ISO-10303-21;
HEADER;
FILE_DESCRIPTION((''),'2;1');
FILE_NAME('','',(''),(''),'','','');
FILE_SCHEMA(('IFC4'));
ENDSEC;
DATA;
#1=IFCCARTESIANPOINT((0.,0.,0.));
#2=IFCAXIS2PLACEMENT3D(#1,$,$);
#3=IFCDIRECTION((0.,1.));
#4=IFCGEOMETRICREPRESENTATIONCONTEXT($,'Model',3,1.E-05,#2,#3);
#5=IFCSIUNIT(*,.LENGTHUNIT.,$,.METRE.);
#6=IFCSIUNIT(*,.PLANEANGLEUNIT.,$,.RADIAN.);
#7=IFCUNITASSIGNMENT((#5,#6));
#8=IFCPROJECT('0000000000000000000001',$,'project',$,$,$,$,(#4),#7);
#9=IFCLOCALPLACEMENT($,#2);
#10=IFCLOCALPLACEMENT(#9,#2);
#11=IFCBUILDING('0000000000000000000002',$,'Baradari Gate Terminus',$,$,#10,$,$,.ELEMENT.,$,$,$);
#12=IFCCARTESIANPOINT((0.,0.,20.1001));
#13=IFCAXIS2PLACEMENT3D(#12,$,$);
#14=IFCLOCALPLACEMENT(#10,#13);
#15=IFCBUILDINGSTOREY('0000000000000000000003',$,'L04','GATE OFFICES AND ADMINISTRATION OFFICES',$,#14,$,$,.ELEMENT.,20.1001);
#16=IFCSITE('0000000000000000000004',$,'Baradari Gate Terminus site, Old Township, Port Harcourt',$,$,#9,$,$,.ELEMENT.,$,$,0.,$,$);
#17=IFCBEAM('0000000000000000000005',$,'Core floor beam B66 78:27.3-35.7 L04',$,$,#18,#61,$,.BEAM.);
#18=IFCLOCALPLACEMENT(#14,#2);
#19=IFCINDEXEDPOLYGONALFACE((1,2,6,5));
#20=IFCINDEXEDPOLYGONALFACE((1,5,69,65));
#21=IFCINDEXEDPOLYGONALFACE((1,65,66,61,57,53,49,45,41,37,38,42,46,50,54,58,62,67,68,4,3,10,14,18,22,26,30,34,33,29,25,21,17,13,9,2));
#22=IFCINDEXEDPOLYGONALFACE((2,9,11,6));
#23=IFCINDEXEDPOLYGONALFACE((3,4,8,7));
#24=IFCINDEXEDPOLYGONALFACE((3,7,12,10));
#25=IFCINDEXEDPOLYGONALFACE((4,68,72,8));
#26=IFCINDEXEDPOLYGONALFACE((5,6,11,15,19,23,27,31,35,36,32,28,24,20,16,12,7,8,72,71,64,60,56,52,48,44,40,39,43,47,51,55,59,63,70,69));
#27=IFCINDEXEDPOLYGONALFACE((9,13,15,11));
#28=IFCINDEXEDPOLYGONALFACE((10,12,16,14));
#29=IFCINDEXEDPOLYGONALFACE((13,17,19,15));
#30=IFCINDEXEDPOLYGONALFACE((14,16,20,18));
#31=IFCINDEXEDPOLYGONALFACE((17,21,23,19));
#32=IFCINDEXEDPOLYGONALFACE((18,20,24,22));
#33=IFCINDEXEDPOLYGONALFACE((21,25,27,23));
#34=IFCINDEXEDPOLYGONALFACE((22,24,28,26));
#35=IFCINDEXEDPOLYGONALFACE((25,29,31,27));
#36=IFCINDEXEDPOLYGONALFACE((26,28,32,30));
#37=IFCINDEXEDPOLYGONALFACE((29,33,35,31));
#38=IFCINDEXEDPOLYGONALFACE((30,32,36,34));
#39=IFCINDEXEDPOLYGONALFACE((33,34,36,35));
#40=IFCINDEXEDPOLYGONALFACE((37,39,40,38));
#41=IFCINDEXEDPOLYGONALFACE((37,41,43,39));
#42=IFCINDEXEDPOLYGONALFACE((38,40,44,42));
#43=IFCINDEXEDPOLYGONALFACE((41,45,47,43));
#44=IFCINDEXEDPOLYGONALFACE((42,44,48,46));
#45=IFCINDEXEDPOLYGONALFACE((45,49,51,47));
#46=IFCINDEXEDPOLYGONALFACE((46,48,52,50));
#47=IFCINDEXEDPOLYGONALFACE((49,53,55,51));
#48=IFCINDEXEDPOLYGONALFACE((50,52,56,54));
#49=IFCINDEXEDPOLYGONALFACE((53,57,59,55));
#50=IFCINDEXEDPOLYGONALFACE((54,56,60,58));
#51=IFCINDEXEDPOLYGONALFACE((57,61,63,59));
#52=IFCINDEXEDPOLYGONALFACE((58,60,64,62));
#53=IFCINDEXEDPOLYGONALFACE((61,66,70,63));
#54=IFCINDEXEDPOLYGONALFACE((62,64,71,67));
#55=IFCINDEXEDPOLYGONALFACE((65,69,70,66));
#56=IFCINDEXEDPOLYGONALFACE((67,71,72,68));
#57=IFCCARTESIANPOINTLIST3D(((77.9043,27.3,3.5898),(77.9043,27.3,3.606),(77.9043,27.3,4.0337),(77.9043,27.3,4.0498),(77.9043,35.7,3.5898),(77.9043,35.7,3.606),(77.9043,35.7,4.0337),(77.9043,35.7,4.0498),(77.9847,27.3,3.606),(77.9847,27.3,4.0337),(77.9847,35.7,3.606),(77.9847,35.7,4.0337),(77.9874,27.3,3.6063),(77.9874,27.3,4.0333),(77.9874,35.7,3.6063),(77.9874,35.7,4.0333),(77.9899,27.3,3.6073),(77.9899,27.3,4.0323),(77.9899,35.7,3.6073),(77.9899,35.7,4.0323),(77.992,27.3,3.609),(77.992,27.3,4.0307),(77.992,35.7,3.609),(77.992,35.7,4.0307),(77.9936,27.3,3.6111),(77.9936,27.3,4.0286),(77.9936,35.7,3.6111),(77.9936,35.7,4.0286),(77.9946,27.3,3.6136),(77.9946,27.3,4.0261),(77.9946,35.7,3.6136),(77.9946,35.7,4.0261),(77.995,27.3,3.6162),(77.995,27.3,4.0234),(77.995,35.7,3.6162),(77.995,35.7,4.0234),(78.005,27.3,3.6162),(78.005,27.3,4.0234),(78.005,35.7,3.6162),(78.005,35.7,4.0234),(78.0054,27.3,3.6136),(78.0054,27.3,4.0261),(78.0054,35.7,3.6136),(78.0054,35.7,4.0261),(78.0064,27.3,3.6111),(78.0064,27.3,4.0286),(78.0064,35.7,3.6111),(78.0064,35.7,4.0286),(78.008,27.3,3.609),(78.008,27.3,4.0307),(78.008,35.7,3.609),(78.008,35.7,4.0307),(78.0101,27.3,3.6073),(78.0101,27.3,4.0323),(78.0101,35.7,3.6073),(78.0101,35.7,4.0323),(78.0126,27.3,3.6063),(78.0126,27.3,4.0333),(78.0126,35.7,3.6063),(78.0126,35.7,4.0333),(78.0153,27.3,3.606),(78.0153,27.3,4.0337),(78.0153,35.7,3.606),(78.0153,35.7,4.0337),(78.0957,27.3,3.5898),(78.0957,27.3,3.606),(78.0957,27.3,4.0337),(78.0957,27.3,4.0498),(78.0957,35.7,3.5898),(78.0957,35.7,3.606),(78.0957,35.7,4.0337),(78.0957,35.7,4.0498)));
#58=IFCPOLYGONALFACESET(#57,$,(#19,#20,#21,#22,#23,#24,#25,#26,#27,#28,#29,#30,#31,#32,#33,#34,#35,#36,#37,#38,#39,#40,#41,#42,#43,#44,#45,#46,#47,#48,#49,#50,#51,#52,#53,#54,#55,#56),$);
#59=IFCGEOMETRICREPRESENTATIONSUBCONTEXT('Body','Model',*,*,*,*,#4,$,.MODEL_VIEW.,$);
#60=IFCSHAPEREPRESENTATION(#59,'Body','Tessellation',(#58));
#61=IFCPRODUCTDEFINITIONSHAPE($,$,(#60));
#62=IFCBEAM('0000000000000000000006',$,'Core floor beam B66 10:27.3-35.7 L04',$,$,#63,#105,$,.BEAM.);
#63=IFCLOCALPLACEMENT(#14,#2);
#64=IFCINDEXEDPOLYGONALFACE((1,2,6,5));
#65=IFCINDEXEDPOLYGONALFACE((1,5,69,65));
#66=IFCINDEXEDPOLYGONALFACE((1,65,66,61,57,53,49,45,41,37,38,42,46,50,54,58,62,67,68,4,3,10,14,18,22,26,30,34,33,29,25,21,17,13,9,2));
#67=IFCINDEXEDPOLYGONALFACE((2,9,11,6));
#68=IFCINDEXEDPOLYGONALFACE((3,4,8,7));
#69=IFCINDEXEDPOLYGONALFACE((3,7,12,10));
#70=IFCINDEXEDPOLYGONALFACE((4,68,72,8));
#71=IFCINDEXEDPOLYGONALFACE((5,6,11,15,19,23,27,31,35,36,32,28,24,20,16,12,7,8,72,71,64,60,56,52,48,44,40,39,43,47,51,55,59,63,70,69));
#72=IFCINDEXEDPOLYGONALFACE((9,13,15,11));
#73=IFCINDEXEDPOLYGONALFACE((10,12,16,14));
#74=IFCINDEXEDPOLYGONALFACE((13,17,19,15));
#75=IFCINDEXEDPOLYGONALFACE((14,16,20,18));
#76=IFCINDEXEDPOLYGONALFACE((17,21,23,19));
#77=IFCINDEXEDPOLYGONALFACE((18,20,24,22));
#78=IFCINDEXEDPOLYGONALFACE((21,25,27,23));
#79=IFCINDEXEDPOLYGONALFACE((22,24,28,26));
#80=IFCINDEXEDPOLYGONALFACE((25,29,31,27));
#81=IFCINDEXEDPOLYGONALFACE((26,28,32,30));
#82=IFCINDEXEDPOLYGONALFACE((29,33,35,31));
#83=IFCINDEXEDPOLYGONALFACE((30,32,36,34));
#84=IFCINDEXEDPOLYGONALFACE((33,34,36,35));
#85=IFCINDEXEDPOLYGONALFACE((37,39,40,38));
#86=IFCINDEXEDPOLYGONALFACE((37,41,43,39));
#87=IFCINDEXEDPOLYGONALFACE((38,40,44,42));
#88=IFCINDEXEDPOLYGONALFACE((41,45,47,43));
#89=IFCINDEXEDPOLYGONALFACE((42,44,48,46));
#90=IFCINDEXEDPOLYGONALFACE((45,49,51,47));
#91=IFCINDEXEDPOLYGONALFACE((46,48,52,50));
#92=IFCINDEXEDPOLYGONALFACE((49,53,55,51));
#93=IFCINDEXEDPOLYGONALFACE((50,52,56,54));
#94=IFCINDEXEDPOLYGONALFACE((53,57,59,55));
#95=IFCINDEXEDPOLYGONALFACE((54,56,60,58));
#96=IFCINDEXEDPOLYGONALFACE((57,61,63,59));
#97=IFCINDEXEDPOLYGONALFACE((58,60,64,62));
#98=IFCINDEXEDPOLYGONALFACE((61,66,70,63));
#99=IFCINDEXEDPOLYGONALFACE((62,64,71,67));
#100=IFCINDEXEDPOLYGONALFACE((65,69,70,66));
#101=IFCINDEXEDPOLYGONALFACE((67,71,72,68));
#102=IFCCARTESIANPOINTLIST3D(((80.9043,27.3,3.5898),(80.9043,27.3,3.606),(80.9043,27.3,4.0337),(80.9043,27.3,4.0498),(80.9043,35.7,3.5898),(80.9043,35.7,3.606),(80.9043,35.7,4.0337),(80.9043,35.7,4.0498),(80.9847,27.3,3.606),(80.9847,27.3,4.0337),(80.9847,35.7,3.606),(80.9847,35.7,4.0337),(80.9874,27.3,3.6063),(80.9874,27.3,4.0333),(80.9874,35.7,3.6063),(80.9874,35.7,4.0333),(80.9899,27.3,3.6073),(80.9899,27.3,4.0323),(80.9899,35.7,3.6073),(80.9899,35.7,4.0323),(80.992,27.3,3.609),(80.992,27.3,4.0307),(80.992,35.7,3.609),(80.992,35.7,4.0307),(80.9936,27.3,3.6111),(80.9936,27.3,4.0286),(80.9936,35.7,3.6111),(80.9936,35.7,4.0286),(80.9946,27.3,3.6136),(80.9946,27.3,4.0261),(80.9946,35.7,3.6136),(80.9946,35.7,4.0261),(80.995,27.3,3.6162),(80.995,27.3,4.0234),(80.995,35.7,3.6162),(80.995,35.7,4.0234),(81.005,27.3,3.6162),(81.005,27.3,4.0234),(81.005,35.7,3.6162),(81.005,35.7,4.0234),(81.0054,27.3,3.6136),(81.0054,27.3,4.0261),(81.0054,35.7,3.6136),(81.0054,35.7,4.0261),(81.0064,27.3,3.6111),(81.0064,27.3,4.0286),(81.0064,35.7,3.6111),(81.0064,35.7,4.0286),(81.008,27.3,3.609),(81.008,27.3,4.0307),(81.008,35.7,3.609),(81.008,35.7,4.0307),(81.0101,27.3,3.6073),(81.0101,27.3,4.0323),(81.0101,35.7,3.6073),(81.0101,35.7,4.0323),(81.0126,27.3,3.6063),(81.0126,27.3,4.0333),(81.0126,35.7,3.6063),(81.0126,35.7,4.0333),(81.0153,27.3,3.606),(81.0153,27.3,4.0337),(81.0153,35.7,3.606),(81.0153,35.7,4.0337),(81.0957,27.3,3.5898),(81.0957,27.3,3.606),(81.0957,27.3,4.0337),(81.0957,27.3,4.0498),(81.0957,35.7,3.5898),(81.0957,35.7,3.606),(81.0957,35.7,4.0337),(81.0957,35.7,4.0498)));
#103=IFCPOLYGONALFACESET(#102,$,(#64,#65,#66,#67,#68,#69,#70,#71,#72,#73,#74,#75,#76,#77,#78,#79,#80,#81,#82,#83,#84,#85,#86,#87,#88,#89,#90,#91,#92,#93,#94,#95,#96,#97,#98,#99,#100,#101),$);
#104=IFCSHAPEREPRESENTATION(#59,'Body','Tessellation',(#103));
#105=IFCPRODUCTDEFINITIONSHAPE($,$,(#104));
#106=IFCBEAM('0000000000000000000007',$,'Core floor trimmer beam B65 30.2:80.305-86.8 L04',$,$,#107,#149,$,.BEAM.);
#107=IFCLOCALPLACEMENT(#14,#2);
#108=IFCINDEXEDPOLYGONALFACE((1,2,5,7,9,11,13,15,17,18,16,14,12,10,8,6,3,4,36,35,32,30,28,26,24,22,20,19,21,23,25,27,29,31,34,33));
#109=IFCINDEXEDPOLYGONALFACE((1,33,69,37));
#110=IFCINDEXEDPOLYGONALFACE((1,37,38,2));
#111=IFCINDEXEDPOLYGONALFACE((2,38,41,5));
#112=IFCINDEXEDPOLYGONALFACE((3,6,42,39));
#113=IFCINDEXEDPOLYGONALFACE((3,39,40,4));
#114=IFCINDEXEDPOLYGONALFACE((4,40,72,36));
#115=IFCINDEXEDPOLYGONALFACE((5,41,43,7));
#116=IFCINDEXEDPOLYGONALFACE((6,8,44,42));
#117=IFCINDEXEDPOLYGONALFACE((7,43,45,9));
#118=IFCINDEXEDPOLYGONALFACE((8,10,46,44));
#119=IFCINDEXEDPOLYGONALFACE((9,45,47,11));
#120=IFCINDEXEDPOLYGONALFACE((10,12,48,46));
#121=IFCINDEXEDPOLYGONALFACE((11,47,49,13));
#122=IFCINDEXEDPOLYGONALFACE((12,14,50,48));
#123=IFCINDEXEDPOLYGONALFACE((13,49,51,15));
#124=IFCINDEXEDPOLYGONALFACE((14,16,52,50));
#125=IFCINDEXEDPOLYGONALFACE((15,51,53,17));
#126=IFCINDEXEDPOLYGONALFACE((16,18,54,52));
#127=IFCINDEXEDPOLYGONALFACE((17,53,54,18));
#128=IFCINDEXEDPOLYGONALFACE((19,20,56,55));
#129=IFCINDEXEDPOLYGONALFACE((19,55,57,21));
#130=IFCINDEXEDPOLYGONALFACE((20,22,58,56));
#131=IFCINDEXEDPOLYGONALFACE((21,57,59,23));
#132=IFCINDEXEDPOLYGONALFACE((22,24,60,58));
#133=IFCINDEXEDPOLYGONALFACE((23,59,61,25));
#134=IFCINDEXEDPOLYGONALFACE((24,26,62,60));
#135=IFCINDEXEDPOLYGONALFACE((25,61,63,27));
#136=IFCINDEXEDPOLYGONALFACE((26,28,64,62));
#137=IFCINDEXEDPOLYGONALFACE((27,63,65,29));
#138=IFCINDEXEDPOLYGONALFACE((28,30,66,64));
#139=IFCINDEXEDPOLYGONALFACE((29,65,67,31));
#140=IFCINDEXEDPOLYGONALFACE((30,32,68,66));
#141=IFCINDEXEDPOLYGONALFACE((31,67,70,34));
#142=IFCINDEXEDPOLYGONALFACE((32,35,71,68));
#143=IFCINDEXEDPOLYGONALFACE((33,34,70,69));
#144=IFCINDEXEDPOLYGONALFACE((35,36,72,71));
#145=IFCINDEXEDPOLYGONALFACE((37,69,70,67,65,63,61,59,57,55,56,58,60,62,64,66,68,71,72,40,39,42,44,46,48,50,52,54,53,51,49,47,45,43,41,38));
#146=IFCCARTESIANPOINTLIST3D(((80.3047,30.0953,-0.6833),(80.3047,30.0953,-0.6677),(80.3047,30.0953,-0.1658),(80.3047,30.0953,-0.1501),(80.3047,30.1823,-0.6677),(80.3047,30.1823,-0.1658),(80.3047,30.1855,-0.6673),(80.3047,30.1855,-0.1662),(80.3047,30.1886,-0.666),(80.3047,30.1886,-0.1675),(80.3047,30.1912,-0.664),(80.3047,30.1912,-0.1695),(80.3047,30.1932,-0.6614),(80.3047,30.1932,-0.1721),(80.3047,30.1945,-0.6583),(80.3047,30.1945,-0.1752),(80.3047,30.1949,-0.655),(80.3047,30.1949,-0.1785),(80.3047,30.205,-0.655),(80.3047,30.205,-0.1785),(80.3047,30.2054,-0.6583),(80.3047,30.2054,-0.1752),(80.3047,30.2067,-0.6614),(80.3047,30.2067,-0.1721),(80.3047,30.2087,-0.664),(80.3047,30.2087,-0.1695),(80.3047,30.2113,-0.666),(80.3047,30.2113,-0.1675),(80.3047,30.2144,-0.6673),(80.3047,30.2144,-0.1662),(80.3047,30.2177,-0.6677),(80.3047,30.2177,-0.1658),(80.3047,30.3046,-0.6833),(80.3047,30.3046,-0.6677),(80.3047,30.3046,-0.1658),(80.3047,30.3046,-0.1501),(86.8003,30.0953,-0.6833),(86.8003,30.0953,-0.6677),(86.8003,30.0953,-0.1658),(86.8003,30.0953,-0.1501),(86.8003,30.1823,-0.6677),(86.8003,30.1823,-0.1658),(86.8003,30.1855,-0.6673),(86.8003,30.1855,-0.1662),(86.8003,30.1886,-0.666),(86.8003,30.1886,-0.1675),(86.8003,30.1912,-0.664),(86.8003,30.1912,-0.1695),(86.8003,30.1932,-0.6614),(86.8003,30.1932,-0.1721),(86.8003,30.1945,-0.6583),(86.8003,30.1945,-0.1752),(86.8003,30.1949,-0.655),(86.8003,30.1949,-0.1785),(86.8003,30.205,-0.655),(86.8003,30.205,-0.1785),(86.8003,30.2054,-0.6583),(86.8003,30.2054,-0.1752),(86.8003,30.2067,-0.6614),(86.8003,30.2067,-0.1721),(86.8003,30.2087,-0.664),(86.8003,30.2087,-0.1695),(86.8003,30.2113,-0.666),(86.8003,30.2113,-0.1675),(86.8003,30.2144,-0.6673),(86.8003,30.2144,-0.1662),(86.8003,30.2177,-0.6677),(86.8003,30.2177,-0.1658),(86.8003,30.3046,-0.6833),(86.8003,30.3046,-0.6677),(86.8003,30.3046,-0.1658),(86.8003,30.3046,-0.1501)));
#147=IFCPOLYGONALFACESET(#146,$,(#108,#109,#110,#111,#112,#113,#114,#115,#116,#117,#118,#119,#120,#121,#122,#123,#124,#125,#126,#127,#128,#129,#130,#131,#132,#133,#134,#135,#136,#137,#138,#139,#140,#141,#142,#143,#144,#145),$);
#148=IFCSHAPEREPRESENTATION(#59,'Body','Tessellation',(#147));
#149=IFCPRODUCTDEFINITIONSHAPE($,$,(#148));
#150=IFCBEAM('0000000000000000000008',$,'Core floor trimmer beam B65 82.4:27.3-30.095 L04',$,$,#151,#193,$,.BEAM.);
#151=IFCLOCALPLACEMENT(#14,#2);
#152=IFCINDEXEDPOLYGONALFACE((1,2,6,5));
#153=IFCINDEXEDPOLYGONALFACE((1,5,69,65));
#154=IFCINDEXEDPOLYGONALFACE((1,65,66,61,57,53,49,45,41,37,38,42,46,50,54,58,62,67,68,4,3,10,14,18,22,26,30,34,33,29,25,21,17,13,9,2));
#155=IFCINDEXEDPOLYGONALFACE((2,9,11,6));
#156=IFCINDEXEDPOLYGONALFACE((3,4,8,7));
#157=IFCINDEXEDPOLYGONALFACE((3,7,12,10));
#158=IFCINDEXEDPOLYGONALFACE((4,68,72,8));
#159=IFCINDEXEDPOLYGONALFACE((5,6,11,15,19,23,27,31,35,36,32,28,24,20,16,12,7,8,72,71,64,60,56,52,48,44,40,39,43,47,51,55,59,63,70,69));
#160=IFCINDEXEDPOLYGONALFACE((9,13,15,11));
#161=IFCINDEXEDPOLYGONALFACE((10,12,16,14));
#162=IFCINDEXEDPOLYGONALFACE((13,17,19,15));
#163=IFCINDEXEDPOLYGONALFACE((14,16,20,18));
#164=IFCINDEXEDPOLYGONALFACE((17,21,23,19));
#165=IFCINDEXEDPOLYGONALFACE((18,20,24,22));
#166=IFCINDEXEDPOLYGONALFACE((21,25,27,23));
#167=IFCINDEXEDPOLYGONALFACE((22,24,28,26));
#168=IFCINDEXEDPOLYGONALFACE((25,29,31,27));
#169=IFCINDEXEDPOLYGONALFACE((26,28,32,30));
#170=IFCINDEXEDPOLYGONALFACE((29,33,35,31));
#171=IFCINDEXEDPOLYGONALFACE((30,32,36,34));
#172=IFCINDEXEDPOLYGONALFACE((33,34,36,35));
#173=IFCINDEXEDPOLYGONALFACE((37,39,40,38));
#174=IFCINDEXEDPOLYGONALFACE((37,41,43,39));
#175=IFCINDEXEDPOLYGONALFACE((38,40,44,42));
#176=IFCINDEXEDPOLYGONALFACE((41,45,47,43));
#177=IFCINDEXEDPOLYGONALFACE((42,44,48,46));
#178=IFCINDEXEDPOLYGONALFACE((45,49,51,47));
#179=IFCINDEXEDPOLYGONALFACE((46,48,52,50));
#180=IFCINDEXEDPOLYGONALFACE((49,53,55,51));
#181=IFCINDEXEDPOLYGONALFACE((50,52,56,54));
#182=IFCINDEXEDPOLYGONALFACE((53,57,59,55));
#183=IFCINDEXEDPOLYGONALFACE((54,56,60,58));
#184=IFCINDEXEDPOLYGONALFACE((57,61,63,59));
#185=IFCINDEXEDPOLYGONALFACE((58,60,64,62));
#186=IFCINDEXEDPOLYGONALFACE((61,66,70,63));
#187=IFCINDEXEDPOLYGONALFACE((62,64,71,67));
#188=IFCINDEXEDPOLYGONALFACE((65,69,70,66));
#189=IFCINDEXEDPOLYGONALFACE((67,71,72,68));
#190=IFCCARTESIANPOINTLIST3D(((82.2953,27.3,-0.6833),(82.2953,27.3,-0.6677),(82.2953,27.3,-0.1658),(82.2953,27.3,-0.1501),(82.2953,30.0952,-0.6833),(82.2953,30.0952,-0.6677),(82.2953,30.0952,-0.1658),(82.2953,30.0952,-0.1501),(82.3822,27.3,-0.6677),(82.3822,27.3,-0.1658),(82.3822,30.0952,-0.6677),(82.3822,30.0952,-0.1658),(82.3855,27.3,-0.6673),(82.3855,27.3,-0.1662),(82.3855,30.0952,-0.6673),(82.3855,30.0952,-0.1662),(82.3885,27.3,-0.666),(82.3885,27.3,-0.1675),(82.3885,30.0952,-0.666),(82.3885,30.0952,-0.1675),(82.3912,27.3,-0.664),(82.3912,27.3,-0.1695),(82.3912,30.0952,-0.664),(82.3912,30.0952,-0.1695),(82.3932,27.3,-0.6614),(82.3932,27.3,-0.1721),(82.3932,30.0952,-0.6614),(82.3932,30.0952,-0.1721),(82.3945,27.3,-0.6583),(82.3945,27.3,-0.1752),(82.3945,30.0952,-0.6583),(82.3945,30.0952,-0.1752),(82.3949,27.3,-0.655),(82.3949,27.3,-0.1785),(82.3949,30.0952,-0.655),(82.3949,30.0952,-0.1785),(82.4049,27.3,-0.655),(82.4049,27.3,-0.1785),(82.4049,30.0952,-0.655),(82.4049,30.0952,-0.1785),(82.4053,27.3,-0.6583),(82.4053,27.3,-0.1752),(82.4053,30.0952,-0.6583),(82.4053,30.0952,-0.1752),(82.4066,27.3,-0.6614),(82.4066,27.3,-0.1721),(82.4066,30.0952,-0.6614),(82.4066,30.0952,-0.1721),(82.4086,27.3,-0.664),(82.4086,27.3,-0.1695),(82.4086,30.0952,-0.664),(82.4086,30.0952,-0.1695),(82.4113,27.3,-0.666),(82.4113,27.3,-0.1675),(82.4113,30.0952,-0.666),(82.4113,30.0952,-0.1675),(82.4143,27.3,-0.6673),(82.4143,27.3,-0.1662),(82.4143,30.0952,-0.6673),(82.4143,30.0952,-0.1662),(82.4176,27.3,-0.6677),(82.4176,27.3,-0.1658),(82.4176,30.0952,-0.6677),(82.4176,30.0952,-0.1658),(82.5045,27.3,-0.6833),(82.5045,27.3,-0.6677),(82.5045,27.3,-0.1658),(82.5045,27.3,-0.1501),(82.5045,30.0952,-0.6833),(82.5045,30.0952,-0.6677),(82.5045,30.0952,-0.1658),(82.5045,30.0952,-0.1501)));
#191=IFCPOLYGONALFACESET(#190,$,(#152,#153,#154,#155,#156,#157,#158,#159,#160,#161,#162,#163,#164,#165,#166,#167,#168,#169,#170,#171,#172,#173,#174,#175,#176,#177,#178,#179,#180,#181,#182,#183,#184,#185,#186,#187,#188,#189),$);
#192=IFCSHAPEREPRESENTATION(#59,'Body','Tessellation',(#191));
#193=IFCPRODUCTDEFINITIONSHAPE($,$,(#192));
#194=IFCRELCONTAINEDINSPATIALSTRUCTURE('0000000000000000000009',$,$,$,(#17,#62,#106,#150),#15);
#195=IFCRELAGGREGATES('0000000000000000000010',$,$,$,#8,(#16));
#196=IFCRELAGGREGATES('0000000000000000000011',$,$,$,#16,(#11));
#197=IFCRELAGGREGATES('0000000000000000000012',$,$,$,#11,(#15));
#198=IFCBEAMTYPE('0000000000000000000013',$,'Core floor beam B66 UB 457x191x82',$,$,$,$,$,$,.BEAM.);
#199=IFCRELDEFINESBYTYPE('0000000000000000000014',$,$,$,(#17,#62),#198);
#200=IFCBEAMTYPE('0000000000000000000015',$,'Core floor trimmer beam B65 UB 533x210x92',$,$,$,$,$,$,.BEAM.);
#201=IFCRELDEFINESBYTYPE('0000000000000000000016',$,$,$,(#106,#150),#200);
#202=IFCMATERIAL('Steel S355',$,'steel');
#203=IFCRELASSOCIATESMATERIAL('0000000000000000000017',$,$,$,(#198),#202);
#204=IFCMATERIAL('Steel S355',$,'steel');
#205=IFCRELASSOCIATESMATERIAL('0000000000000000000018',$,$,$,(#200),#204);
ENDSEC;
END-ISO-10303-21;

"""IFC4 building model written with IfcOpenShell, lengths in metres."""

from ifc_helpers import new_model, si_unit, direction, frame, origin, origin_2d, place, context, subcontext, project, spatial, i_section, extrude, material, material_profile, profile_set, type_object, element, save


model = new_model("IFC4")

# Units and contexts
model_context = context("Model", 3, precision=1e-05, world=origin(), true_north=direction((0.0, 1.0)))
body_context = subcontext(model_context, "Body", "Model", "MODEL_VIEW")
ifc_project = project(units=[si_unit("LENGTHUNIT", "METRE"), si_unit("PLANEANGLEUNIT", "RADIAN")], contexts=[model_context])

# Site, building, storey
site_placement = place(None, origin())
site = spatial("IfcSite", under=ifc_project, at=site_placement, Name="Baradari Gate Terminus site, Old Township, Port Harcourt", CompositionType="ELEMENT", RefElevation=0.0)
building_placement = place(site_placement, origin())
building = spatial("IfcBuilding", under=site, at=building_placement, Name="Baradari Gate Terminus", CompositionType="ELEMENT")
storey_placement = place(building_placement, frame((0.0, 0.0, 20.1001)))
storey = spatial("IfcBuildingStorey", under=building, at=storey_placement, Name="L04", Description="GATE OFFICES AND ADMINISTRATION OFFICES", CompositionType="ELEMENT", Elevation=20.1001)

# Beams
ifc_material_1 = material(Name="Steel S355", Category="steel")
ifc_material_profile_1 = material_profile(ifc_material_1, i_section(OverallWidth=0.1914, OverallDepth=0.46, WebThickness=0.01, FlangeThickness=0.0161, FilletRadius=0.0103, at=origin_2d()), Name="UB 457x191x82")
ifc_profile_set_1 = profile_set([ifc_material_profile_1], Name="Steel S355")
beam_type_1 = type_object("IfcBeamType", Name="Core floor beam B66 UB 457x191x82", PredefinedType="BEAM", material=ifc_profile_set_1)
for number, where, z_axis, x_axis, name in (
    (1, (78.0, 27.3, 3.8198), (0.0, 1.0, 0.0), (-1.0, 0.0, 0.0), "Core floor beam B66 78:27.3-35.7 L04"),
    (2, (81.0, 27.3, 3.8198), (0.0, 1.0, 0.0), (-1.0, 0.0, 0.0), "Core floor beam B66 10:27.3-35.7 L04"),
):
    element("IfcBeam", number, at=place(storey_placement, frame(where, z_axis=z_axis, x_axis=x_axis)), inside=storey, type_object=beam_type_1, Name=name, PredefinedType="BEAM", context=body_context, shape_type="SweptSolid", body=[
        extrude(i_section(OverallWidth=0.1914, OverallDepth=0.46, WebThickness=0.01, FlangeThickness=0.0161, FilletRadius=0.0103, at=origin_2d()), origin(), (0.0, 0.0, 1.0), 8.3999),
    ])
ifc_material_2 = material(Name="Steel S355", Category="steel")
ifc_material_profile_2 = material_profile(ifc_material_2, i_section(OverallWidth=0.2092, OverallDepth=0.5332, WebThickness=0.01, FlangeThickness=0.0156, FilletRadius=0.0127, at=origin_2d()), Name="UB 533x210x92")
ifc_profile_set_2 = profile_set([ifc_material_profile_2], Name="Steel S355")
beam_type_2 = type_object("IfcBeamType", Name="Core floor trimmer beam B65 UB 533x210x92", PredefinedType="BEAM", material=ifc_profile_set_2)
beam_1_placement = place(storey_placement, frame((80.3047, 30.2, -0.4167), z_axis=(1.0, 0.0, 0.0), x_axis=(0.0, 1.0, 0.0)))
element("IfcBeam", 3, at=beam_1_placement, inside=storey, type_object=beam_type_2, Name="Core floor trimmer beam B65 30.2:80.305-86.8 L04", PredefinedType="BEAM", context=body_context, shape_type="SweptSolid", body=[
    extrude(i_section(OverallWidth=0.2092, OverallDepth=0.5332, WebThickness=0.01, FlangeThickness=0.0156, FilletRadius=0.0127, at=origin_2d()), origin(), (0.0, 0.0, 1.0), 6.4956),
])
beam_2_placement = place(storey_placement, frame((82.3999, 27.3, -0.4167), z_axis=(0.0, 1.0, 0.0), x_axis=(-1.0, 0.0, 0.0)))
element("IfcBeam", 4, at=beam_2_placement, inside=storey, type_object=beam_type_2, Name="Core floor trimmer beam B65 82.4:27.3-30.095 L04", PredefinedType="BEAM", context=body_context, shape_type="SweptSolid", body=[
    extrude(i_section(OverallWidth=0.2092, OverallDepth=0.5332, WebThickness=0.01, FlangeThickness=0.0156, FilletRadius=0.0127, at=origin_2d()), origin(), (0.0, 0.0, 1.0), 2.7952),
])

save(model, "model.ifc")
